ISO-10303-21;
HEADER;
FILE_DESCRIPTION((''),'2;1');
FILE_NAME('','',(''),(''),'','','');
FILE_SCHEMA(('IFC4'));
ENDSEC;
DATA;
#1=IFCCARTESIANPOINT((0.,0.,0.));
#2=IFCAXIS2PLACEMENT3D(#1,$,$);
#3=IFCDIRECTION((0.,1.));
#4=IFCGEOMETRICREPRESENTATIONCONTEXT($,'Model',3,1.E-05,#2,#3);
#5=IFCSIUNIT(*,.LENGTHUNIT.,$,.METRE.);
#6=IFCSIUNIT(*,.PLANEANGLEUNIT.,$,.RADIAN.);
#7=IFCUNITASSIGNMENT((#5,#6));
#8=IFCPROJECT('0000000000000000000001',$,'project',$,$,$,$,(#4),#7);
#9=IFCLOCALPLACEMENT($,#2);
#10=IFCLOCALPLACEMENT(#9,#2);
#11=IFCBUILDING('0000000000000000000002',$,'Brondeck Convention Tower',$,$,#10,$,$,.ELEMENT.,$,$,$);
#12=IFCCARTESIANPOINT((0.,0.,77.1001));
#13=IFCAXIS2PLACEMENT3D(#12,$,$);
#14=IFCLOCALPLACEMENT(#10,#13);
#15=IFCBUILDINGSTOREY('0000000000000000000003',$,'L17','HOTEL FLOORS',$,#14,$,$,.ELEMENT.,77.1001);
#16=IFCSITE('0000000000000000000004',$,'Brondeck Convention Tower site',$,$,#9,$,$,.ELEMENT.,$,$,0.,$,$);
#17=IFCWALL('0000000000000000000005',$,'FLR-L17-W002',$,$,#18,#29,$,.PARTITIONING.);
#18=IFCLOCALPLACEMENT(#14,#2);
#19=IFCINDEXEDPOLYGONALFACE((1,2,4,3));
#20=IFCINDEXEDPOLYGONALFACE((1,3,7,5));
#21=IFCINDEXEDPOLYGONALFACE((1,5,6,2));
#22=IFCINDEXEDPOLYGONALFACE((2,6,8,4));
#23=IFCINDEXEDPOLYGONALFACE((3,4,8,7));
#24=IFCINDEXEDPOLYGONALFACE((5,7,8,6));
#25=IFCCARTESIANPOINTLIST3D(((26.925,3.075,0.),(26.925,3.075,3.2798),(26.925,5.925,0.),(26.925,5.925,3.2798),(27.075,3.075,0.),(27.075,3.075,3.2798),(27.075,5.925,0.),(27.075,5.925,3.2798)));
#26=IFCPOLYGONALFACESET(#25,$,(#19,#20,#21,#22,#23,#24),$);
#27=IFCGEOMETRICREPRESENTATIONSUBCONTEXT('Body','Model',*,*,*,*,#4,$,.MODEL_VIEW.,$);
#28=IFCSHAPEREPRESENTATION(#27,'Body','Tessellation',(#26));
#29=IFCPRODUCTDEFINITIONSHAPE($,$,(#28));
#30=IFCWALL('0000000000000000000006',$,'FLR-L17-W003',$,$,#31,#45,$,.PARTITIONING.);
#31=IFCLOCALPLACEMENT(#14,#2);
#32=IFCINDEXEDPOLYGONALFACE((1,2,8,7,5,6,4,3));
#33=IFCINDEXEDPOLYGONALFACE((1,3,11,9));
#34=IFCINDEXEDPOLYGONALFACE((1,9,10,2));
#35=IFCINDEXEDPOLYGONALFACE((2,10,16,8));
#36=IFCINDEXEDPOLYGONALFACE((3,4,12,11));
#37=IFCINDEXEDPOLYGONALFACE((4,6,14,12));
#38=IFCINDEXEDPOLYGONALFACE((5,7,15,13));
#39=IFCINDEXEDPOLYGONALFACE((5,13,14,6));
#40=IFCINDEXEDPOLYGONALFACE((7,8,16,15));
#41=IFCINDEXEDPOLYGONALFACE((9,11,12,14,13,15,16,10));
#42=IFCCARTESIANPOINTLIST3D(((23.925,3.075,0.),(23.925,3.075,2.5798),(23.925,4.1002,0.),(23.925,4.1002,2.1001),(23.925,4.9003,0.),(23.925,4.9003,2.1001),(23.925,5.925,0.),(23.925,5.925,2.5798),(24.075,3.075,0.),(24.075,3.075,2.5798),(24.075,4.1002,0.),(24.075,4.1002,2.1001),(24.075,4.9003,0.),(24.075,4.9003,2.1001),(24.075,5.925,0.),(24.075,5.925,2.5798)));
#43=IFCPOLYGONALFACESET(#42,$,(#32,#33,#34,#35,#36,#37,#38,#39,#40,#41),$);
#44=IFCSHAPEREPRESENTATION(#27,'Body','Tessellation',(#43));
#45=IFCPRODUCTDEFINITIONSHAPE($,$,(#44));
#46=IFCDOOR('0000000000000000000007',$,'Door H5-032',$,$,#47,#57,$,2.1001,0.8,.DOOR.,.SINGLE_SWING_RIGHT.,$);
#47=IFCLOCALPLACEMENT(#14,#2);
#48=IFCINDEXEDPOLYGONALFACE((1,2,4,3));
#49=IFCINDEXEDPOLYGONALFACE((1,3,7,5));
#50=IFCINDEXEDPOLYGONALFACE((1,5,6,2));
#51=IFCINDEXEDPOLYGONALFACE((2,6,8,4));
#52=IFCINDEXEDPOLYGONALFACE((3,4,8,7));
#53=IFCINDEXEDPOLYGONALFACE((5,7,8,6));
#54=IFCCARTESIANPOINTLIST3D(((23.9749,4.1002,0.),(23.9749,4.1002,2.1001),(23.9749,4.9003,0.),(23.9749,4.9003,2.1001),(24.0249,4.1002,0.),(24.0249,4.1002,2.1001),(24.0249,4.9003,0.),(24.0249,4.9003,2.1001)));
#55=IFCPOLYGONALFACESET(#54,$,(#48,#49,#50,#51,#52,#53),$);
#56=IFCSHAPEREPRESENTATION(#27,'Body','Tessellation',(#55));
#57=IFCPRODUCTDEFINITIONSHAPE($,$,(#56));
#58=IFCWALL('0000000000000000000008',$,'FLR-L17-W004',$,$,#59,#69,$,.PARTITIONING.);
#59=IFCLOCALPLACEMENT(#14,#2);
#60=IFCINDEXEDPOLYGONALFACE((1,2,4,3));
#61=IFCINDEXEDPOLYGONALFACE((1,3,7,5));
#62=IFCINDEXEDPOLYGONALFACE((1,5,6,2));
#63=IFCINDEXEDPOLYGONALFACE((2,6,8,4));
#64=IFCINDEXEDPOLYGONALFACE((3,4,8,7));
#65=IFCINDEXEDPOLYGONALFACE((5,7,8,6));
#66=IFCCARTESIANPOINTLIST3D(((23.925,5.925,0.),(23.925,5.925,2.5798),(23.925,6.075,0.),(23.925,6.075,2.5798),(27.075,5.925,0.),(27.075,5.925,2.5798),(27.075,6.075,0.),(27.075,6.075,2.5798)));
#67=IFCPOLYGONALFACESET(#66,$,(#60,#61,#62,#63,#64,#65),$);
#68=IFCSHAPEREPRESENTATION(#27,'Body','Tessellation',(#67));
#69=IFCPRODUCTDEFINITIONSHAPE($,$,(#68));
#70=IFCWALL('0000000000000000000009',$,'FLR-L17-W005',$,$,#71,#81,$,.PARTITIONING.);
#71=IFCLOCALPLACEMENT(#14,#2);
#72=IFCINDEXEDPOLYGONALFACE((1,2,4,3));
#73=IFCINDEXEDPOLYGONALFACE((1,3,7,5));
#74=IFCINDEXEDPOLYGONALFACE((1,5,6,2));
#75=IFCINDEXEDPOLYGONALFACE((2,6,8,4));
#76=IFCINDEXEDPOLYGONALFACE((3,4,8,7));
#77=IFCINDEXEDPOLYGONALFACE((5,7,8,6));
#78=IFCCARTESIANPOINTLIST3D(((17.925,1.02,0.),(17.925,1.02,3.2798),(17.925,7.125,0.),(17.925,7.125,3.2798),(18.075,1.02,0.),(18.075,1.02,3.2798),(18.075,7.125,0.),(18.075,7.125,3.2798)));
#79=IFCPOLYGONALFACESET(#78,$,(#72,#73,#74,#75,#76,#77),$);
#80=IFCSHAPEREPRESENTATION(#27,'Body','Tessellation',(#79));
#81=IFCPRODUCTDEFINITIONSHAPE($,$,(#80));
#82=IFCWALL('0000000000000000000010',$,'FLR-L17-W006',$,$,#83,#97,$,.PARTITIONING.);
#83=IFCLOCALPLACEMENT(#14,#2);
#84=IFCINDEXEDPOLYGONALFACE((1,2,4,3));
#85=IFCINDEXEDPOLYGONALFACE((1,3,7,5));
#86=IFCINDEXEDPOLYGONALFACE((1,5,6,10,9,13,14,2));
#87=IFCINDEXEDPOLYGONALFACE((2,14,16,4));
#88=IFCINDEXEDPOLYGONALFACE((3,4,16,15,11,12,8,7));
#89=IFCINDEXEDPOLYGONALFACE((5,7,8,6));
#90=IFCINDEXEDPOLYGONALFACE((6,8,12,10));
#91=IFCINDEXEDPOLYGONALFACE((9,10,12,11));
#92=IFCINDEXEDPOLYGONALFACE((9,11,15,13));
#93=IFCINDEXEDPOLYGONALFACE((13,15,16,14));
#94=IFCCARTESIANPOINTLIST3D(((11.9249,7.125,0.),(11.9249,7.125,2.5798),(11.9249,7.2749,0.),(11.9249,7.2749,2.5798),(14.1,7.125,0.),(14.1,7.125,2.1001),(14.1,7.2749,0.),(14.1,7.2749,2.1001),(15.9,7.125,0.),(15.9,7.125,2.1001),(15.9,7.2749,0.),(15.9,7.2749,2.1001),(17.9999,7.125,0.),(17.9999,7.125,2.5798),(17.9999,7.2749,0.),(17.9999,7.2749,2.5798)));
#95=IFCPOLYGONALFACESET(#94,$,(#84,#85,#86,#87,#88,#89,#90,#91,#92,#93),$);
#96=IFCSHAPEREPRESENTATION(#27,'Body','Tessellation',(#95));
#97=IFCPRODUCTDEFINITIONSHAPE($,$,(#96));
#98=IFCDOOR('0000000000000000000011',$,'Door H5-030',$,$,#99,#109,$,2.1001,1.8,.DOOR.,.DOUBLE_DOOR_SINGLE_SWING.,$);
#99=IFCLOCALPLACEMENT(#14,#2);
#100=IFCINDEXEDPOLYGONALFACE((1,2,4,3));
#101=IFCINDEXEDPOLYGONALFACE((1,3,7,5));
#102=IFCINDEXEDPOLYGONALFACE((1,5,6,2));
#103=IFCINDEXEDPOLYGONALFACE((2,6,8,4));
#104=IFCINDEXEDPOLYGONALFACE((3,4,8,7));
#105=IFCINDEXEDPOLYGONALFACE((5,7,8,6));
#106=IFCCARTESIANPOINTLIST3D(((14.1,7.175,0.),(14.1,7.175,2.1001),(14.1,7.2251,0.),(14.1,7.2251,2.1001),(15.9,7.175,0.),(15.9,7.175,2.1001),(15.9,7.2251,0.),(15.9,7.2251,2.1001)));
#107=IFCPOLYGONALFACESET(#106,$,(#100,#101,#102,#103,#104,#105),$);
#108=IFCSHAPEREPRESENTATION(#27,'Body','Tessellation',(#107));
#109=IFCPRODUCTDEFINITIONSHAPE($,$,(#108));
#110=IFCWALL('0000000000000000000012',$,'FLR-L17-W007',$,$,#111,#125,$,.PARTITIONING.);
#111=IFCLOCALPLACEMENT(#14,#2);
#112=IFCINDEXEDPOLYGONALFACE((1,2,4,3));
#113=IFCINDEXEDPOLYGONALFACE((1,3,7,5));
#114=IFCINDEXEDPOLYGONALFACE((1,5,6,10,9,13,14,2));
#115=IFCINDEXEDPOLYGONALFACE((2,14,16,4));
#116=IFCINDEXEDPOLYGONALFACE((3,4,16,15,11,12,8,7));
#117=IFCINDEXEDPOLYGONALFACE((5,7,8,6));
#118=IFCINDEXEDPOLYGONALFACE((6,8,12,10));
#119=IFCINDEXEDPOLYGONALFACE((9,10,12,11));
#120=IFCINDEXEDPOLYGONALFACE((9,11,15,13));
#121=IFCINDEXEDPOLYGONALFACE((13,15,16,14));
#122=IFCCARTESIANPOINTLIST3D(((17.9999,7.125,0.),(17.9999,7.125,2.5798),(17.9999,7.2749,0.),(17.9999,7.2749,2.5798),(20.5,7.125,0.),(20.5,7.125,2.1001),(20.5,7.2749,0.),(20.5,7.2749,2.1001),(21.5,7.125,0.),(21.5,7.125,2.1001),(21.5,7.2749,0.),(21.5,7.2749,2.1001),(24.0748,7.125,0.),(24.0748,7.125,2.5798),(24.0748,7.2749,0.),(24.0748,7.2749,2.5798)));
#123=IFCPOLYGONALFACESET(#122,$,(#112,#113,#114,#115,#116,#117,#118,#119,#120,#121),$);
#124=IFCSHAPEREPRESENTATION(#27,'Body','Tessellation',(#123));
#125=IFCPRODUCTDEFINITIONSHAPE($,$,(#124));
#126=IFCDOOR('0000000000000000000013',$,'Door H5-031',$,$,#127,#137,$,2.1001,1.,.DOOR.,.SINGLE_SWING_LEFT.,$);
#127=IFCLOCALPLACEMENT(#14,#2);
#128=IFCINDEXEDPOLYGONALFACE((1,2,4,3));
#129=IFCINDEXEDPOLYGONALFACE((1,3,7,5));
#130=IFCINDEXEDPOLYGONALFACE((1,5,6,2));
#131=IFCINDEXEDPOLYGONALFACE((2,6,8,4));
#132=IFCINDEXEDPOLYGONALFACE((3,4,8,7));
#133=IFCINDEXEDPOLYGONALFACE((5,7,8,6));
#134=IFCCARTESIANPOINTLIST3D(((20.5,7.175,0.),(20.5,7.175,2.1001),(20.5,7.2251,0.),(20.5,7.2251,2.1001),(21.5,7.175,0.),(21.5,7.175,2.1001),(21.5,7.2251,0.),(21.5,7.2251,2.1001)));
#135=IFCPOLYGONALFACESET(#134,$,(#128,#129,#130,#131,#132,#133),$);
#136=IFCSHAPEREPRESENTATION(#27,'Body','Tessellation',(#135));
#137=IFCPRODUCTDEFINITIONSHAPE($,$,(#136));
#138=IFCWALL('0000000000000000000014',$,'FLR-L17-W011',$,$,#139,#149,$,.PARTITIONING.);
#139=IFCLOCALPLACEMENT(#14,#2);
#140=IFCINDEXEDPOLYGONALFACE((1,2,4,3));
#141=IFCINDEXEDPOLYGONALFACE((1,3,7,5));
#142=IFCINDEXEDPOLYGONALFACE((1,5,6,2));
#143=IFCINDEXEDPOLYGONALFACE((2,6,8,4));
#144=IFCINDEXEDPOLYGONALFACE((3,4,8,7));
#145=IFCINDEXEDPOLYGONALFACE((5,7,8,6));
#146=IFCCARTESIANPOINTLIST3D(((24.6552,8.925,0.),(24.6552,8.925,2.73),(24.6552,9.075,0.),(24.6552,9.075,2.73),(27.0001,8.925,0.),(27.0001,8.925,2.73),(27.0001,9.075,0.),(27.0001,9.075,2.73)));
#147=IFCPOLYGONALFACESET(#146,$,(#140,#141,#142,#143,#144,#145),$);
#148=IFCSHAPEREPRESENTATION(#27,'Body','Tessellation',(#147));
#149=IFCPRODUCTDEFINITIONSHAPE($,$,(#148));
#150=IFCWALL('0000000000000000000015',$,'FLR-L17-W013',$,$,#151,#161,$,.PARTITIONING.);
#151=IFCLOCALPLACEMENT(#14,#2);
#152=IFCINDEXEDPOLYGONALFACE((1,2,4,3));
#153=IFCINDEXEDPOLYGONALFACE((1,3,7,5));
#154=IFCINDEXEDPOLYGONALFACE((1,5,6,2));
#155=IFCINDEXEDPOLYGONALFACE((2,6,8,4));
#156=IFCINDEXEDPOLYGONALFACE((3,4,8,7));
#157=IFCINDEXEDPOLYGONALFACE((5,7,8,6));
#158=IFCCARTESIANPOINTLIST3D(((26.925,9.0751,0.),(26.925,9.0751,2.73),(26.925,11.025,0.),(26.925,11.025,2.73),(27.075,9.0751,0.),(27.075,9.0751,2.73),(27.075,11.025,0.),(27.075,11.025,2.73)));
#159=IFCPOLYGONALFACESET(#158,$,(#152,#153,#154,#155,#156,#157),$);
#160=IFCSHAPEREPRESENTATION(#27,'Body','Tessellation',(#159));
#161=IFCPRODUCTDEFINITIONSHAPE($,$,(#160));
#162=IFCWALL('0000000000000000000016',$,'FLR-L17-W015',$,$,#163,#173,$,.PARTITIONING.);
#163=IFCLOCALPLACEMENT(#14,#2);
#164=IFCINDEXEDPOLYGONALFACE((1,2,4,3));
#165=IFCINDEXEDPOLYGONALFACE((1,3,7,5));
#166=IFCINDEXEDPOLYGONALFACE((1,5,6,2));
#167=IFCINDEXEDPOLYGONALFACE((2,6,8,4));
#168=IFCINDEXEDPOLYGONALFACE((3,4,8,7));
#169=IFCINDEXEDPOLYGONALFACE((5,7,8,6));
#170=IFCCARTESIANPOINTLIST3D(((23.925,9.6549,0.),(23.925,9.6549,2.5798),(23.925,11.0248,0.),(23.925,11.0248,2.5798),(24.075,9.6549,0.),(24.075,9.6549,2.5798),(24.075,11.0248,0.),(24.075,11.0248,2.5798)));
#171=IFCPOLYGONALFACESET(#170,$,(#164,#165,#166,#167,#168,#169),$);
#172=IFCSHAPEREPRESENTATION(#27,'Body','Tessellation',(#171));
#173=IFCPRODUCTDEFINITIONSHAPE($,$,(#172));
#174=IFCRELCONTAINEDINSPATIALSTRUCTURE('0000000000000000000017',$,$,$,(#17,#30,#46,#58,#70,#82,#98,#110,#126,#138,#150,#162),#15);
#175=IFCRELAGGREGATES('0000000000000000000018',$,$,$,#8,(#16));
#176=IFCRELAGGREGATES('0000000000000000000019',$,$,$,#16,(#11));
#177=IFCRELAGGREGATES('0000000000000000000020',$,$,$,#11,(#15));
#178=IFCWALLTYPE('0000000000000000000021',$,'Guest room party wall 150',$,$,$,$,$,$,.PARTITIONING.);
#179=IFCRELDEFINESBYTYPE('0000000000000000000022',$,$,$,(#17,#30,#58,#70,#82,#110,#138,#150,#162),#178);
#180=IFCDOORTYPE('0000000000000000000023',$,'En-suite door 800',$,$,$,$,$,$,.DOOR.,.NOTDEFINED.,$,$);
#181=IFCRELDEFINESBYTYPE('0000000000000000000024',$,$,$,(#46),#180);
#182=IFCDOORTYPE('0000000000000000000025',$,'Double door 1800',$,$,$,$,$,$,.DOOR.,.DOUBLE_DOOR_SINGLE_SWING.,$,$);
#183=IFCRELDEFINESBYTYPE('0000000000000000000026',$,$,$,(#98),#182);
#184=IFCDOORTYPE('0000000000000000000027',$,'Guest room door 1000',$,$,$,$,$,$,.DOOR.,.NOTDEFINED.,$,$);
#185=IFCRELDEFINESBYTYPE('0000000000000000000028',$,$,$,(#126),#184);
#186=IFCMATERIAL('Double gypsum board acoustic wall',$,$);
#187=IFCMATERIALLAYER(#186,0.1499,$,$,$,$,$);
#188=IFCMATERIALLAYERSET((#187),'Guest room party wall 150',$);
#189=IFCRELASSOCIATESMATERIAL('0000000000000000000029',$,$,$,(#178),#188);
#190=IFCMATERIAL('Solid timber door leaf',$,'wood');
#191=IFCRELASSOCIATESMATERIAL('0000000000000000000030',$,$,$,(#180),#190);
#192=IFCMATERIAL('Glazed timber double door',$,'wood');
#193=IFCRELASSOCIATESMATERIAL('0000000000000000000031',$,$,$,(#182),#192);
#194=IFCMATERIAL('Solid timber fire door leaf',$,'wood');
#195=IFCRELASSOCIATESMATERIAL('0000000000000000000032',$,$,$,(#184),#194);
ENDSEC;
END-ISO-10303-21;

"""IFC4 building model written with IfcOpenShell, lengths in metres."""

from ifc_helpers import new_model, si_unit, direction, frame, frame_2d, origin, place, context, subcontext, project, spatial, rectangle, extrude, material, layer, layer_set, type_object, element, fill, save


model = new_model("IFC4")

# Units and contexts
model_context = context("Model", 3, precision=1e-05, world=origin(), true_north=direction((0.0, 1.0)))
body_context = subcontext(model_context, "Body", "Model", "MODEL_VIEW")
ifc_project = project(units=[si_unit("LENGTHUNIT", "METRE"), si_unit("PLANEANGLEUNIT", "RADIAN")], contexts=[model_context])

# Site, building, storey
site_placement = place(None, origin())
site = spatial("IfcSite", under=ifc_project, at=site_placement, Name="Brondeck Convention Tower site", CompositionType="ELEMENT", RefElevation=0.0)
building_placement = place(site_placement, origin())
building = spatial("IfcBuilding", under=site, at=building_placement, Name="Brondeck Convention Tower", CompositionType="ELEMENT")
storey_placement = place(building_placement, frame((0.0, 0.0, 77.1001)))
storey = spatial("IfcBuildingStorey", under=building, at=storey_placement, Name="L17", Description="HOTEL FLOORS", CompositionType="ELEMENT", Elevation=77.1001)

# Wall
ifc_material_1 = material(Name="Double gypsum board acoustic wall")
ifc_layer_1 = layer(ifc_material_1, 0.1499)
ifc_layer_set_1 = layer_set([ifc_layer_1], Name="Guest room party wall 150")
wall_type_1 = type_object("IfcWallType", Name="Guest room party wall 150", PredefinedType="PARTITIONING", material=ifc_layer_set_1)
wall_1_placement = place(storey_placement, frame((27.0, 3.075, 0.0), z_axis=(0.0, 0.0, 1.0), x_axis=(0.0, 1.0, 0.0)))
element("IfcWall", 1, at=wall_1_placement, inside=storey, type_object=wall_type_1, Name="FLR-L17-W002", PredefinedType="PARTITIONING", context=body_context, shape_type="SweptSolid", body=[
    extrude(rectangle(XDim=2.8501, YDim=0.1499, at=frame_2d((1.425, 0.0))), origin(), (0.0, 0.0, 1.0), 3.2798),
])

# Wall, opening, door
wall_2_placement = place(storey_placement, frame((24.0, 5.925, 0.0), z_axis=(0.0, 0.0, 1.0), x_axis=(0.0, -1.0, 0.0)))
wall_2 = element("IfcWall", 2, at=wall_2_placement, inside=storey, type_object=wall_type_1, Name="FLR-L17-W003", PredefinedType="PARTITIONING", context=body_context, shape_type="SweptSolid", body=[
    extrude(rectangle(XDim=2.8501, YDim=0.1499, at=frame_2d((1.425, 0.0))), origin(), (0.0, 0.0, 1.0), 2.5798),
])
opening_1_placement = place(wall_2_placement, frame((1.0249, 0.0, 0.0)))
opening_1 = element("IfcOpeningElement", 3, at=opening_1_placement, cuts=wall_2, PredefinedType="OPENING", context=body_context, shape_type="SweptSolid", body=[
    extrude(rectangle(XDim=0.8, YDim=2.1001, at=frame_2d((0.3999, 1.05))), frame((0.0, 0.085, 0.0), z_axis=(0.0, -1.0, 0.0), x_axis=(1.0, 0.0, 0.0)), (0.0, 0.0, 1.0), 0.1699),
])
ifc_material_2 = material(Name="Solid timber door leaf", Category="wood")
door_type_1 = type_object("IfcDoorType", Name="En-suite door 800", OperationType="NOTDEFINED", PredefinedType="DOOR", material=ifc_material_2)
door_1_placement = place(opening_1_placement, origin())
door_1 = element("IfcDoor", 4, at=door_1_placement, inside=storey, type_object=door_type_1, Name="Door H5-032", OperationType="SINGLE_SWING_RIGHT", OverallHeight=2.1001, OverallWidth=0.8, PredefinedType="DOOR", context=body_context, shape_type="SweptSolid", body=[
    extrude(rectangle(XDim=0.8, YDim=2.1001, at=frame_2d((0.3999, 1.05))), frame((0.0, 0.0249, 0.0), z_axis=(0.0, -1.0, 0.0), x_axis=(1.0, 0.0, 0.0)), (0.0, 0.0, 1.0), 0.05),
])
fill(opening_1, door_1)

# Walls
wall_3_placement = place(storey_placement, frame((27.075, 6.0, 0.0), z_axis=(0.0, 0.0, 1.0), x_axis=(-1.0, 0.0, 0.0)))
element("IfcWall", 5, at=wall_3_placement, inside=storey, type_object=wall_type_1, Name="FLR-L17-W004", PredefinedType="PARTITIONING", context=body_context, shape_type="SweptSolid", body=[
    extrude(rectangle(XDim=3.1499, YDim=0.1499, at=frame_2d((1.575, 0.0))), origin(), (0.0, 0.0, 1.0), 2.5798),
])
wall_4_placement = place(storey_placement, frame((18.0, 7.125, 0.0), z_axis=(0.0, 0.0, 1.0), x_axis=(0.0, -1.0, 0.0)))
element("IfcWall", 6, at=wall_4_placement, inside=storey, type_object=wall_type_1, Name="FLR-L17-W005", PredefinedType="PARTITIONING", context=body_context, shape_type="SweptSolid", body=[
    extrude(rectangle(XDim=6.105, YDim=0.1499, at=frame_2d((3.0525, 0.0))), origin(), (0.0, 0.0, 1.0), 3.2798),
])

# Walls, openings, doors
wall_5_placement = place(storey_placement, frame((18.0, 7.2, 0.0), z_axis=(0.0, 0.0, 1.0), x_axis=(-1.0, 0.0, 0.0)))
wall_5 = element("IfcWall", 7, at=wall_5_placement, inside=storey, type_object=wall_type_1, Name="FLR-L17-W006", PredefinedType="PARTITIONING", context=body_context, shape_type="SweptSolid", body=[
    extrude(rectangle(XDim=6.075, YDim=0.1499, at=frame_2d((3.0376, 0.0))), origin(), (0.0, 0.0, 1.0), 2.5798),
])
opening_2_placement = place(wall_5_placement, frame((2.1001, 0.0, 0.0)))
opening_2 = element("IfcOpeningElement", 8, at=opening_2_placement, cuts=wall_5, PredefinedType="OPENING", context=body_context, shape_type="SweptSolid", body=[
    extrude(rectangle(XDim=1.8, YDim=2.1001, at=frame_2d((0.8999, 1.05))), frame((0.0, 0.085, 0.0), z_axis=(0.0, -1.0, 0.0), x_axis=(1.0, 0.0, 0.0)), (0.0, 0.0, 1.0), 0.1699),
])
ifc_material_3 = material(Name="Glazed timber double door", Category="wood")
door_type_2 = type_object("IfcDoorType", Name="Double door 1800", OperationType="DOUBLE_DOOR_SINGLE_SWING", PredefinedType="DOOR", material=ifc_material_3)
door_2_placement = place(opening_2_placement, origin())
door_2 = element("IfcDoor", 9, at=door_2_placement, inside=storey, type_object=door_type_2, Name="Door H5-030", OperationType="DOUBLE_DOOR_SINGLE_SWING", OverallHeight=2.1001, OverallWidth=1.8, PredefinedType="DOOR", context=body_context, shape_type="SweptSolid", body=[
    extrude(rectangle(XDim=1.8, YDim=2.1001, at=frame_2d((0.8999, 1.05))), frame((0.0, 0.0249, 0.0), z_axis=(0.0, -1.0, 0.0), x_axis=(1.0, 0.0, 0.0)), (0.0, 0.0, 1.0), 0.05),
])
fill(opening_2, door_2)
wall_6_placement = place(storey_placement, frame((24.075, 7.2, 0.0), z_axis=(0.0, 0.0, 1.0), x_axis=(-1.0, 0.0, 0.0)))
wall_6 = element("IfcWall", 10, at=wall_6_placement, inside=storey, type_object=wall_type_1, Name="FLR-L17-W007", PredefinedType="PARTITIONING", context=body_context, shape_type="SweptSolid", body=[
    extrude(rectangle(XDim=6.075, YDim=0.1499, at=frame_2d((3.0376, 0.0))), origin(), (0.0, 0.0, 1.0), 2.5798),
])
opening_3_placement = place(wall_6_placement, frame((2.575, 0.0, 0.0)))
opening_3 = element("IfcOpeningElement", 11, at=opening_3_placement, cuts=wall_6, PredefinedType="OPENING", context=body_context, shape_type="SweptSolid", body=[
    extrude(rectangle(XDim=1.0, YDim=2.1001, at=frame_2d((0.5, 1.05))), frame((0.0, 0.085, 0.0), z_axis=(0.0, -1.0, 0.0), x_axis=(1.0, 0.0, 0.0)), (0.0, 0.0, 1.0), 0.1699),
])
ifc_material_4 = material(Name="Solid timber fire door leaf", Category="wood")
door_type_3 = type_object("IfcDoorType", Name="Guest room door 1000", OperationType="NOTDEFINED", PredefinedType="DOOR", material=ifc_material_4)
door_3_placement = place(opening_3_placement, origin())
door_3 = element("IfcDoor", 12, at=door_3_placement, inside=storey, type_object=door_type_3, Name="Door H5-031", OperationType="SINGLE_SWING_LEFT", OverallHeight=2.1001, OverallWidth=1.0, PredefinedType="DOOR", context=body_context, shape_type="SweptSolid", body=[
    extrude(rectangle(XDim=1.0, YDim=2.1001, at=frame_2d((0.5, 1.05))), frame((0.0, 0.0249, 0.0), z_axis=(0.0, -1.0, 0.0), x_axis=(1.0, 0.0, 0.0)), (0.0, 0.0, 1.0), 0.05),
])
fill(opening_3, door_3)

# Walls
wall_7_placement = place(storey_placement, frame((27.0, 9.0, 0.0), z_axis=(0.0, 0.0, 1.0), x_axis=(-1.0, 0.0, 0.0)))
element("IfcWall", 13, at=wall_7_placement, inside=storey, type_object=wall_type_1, Name="FLR-L17-W011", PredefinedType="PARTITIONING", context=body_context, shape_type="SweptSolid", body=[
    extrude(rectangle(XDim=2.345, YDim=0.1499, at=frame_2d((1.1724, 0.0))), origin(), (0.0, 0.0, 1.0), 2.73),
])
wall_8_placement = place(storey_placement, frame((27.0, 9.075, 0.0), z_axis=(0.0, 0.0, 1.0), x_axis=(0.0, 1.0, 0.0)))
element("IfcWall", 14, at=wall_8_placement, inside=storey, type_object=wall_type_1, Name="FLR-L17-W013", PredefinedType="PARTITIONING", context=body_context, shape_type="SweptSolid", body=[
    extrude(rectangle(XDim=1.95, YDim=0.1499, at=frame_2d((0.9751, 0.0))), origin(), (0.0, 0.0, 1.0), 2.73),
])
wall_9_placement = place(storey_placement, frame((24.0, 11.0249, 0.0), z_axis=(0.0, 0.0, 1.0), x_axis=(0.0, -1.0, 0.0)))
element("IfcWall", 15, at=wall_9_placement, inside=storey, type_object=wall_type_1, Name="FLR-L17-W015", PredefinedType="PARTITIONING", context=body_context, shape_type="SweptSolid", body=[
    extrude(rectangle(XDim=1.3699, YDim=0.1499, at=frame_2d((0.6851, 0.0))), origin(), (0.0, 0.0, 1.0), 2.5798),
])

save(model, "model.ifc")
